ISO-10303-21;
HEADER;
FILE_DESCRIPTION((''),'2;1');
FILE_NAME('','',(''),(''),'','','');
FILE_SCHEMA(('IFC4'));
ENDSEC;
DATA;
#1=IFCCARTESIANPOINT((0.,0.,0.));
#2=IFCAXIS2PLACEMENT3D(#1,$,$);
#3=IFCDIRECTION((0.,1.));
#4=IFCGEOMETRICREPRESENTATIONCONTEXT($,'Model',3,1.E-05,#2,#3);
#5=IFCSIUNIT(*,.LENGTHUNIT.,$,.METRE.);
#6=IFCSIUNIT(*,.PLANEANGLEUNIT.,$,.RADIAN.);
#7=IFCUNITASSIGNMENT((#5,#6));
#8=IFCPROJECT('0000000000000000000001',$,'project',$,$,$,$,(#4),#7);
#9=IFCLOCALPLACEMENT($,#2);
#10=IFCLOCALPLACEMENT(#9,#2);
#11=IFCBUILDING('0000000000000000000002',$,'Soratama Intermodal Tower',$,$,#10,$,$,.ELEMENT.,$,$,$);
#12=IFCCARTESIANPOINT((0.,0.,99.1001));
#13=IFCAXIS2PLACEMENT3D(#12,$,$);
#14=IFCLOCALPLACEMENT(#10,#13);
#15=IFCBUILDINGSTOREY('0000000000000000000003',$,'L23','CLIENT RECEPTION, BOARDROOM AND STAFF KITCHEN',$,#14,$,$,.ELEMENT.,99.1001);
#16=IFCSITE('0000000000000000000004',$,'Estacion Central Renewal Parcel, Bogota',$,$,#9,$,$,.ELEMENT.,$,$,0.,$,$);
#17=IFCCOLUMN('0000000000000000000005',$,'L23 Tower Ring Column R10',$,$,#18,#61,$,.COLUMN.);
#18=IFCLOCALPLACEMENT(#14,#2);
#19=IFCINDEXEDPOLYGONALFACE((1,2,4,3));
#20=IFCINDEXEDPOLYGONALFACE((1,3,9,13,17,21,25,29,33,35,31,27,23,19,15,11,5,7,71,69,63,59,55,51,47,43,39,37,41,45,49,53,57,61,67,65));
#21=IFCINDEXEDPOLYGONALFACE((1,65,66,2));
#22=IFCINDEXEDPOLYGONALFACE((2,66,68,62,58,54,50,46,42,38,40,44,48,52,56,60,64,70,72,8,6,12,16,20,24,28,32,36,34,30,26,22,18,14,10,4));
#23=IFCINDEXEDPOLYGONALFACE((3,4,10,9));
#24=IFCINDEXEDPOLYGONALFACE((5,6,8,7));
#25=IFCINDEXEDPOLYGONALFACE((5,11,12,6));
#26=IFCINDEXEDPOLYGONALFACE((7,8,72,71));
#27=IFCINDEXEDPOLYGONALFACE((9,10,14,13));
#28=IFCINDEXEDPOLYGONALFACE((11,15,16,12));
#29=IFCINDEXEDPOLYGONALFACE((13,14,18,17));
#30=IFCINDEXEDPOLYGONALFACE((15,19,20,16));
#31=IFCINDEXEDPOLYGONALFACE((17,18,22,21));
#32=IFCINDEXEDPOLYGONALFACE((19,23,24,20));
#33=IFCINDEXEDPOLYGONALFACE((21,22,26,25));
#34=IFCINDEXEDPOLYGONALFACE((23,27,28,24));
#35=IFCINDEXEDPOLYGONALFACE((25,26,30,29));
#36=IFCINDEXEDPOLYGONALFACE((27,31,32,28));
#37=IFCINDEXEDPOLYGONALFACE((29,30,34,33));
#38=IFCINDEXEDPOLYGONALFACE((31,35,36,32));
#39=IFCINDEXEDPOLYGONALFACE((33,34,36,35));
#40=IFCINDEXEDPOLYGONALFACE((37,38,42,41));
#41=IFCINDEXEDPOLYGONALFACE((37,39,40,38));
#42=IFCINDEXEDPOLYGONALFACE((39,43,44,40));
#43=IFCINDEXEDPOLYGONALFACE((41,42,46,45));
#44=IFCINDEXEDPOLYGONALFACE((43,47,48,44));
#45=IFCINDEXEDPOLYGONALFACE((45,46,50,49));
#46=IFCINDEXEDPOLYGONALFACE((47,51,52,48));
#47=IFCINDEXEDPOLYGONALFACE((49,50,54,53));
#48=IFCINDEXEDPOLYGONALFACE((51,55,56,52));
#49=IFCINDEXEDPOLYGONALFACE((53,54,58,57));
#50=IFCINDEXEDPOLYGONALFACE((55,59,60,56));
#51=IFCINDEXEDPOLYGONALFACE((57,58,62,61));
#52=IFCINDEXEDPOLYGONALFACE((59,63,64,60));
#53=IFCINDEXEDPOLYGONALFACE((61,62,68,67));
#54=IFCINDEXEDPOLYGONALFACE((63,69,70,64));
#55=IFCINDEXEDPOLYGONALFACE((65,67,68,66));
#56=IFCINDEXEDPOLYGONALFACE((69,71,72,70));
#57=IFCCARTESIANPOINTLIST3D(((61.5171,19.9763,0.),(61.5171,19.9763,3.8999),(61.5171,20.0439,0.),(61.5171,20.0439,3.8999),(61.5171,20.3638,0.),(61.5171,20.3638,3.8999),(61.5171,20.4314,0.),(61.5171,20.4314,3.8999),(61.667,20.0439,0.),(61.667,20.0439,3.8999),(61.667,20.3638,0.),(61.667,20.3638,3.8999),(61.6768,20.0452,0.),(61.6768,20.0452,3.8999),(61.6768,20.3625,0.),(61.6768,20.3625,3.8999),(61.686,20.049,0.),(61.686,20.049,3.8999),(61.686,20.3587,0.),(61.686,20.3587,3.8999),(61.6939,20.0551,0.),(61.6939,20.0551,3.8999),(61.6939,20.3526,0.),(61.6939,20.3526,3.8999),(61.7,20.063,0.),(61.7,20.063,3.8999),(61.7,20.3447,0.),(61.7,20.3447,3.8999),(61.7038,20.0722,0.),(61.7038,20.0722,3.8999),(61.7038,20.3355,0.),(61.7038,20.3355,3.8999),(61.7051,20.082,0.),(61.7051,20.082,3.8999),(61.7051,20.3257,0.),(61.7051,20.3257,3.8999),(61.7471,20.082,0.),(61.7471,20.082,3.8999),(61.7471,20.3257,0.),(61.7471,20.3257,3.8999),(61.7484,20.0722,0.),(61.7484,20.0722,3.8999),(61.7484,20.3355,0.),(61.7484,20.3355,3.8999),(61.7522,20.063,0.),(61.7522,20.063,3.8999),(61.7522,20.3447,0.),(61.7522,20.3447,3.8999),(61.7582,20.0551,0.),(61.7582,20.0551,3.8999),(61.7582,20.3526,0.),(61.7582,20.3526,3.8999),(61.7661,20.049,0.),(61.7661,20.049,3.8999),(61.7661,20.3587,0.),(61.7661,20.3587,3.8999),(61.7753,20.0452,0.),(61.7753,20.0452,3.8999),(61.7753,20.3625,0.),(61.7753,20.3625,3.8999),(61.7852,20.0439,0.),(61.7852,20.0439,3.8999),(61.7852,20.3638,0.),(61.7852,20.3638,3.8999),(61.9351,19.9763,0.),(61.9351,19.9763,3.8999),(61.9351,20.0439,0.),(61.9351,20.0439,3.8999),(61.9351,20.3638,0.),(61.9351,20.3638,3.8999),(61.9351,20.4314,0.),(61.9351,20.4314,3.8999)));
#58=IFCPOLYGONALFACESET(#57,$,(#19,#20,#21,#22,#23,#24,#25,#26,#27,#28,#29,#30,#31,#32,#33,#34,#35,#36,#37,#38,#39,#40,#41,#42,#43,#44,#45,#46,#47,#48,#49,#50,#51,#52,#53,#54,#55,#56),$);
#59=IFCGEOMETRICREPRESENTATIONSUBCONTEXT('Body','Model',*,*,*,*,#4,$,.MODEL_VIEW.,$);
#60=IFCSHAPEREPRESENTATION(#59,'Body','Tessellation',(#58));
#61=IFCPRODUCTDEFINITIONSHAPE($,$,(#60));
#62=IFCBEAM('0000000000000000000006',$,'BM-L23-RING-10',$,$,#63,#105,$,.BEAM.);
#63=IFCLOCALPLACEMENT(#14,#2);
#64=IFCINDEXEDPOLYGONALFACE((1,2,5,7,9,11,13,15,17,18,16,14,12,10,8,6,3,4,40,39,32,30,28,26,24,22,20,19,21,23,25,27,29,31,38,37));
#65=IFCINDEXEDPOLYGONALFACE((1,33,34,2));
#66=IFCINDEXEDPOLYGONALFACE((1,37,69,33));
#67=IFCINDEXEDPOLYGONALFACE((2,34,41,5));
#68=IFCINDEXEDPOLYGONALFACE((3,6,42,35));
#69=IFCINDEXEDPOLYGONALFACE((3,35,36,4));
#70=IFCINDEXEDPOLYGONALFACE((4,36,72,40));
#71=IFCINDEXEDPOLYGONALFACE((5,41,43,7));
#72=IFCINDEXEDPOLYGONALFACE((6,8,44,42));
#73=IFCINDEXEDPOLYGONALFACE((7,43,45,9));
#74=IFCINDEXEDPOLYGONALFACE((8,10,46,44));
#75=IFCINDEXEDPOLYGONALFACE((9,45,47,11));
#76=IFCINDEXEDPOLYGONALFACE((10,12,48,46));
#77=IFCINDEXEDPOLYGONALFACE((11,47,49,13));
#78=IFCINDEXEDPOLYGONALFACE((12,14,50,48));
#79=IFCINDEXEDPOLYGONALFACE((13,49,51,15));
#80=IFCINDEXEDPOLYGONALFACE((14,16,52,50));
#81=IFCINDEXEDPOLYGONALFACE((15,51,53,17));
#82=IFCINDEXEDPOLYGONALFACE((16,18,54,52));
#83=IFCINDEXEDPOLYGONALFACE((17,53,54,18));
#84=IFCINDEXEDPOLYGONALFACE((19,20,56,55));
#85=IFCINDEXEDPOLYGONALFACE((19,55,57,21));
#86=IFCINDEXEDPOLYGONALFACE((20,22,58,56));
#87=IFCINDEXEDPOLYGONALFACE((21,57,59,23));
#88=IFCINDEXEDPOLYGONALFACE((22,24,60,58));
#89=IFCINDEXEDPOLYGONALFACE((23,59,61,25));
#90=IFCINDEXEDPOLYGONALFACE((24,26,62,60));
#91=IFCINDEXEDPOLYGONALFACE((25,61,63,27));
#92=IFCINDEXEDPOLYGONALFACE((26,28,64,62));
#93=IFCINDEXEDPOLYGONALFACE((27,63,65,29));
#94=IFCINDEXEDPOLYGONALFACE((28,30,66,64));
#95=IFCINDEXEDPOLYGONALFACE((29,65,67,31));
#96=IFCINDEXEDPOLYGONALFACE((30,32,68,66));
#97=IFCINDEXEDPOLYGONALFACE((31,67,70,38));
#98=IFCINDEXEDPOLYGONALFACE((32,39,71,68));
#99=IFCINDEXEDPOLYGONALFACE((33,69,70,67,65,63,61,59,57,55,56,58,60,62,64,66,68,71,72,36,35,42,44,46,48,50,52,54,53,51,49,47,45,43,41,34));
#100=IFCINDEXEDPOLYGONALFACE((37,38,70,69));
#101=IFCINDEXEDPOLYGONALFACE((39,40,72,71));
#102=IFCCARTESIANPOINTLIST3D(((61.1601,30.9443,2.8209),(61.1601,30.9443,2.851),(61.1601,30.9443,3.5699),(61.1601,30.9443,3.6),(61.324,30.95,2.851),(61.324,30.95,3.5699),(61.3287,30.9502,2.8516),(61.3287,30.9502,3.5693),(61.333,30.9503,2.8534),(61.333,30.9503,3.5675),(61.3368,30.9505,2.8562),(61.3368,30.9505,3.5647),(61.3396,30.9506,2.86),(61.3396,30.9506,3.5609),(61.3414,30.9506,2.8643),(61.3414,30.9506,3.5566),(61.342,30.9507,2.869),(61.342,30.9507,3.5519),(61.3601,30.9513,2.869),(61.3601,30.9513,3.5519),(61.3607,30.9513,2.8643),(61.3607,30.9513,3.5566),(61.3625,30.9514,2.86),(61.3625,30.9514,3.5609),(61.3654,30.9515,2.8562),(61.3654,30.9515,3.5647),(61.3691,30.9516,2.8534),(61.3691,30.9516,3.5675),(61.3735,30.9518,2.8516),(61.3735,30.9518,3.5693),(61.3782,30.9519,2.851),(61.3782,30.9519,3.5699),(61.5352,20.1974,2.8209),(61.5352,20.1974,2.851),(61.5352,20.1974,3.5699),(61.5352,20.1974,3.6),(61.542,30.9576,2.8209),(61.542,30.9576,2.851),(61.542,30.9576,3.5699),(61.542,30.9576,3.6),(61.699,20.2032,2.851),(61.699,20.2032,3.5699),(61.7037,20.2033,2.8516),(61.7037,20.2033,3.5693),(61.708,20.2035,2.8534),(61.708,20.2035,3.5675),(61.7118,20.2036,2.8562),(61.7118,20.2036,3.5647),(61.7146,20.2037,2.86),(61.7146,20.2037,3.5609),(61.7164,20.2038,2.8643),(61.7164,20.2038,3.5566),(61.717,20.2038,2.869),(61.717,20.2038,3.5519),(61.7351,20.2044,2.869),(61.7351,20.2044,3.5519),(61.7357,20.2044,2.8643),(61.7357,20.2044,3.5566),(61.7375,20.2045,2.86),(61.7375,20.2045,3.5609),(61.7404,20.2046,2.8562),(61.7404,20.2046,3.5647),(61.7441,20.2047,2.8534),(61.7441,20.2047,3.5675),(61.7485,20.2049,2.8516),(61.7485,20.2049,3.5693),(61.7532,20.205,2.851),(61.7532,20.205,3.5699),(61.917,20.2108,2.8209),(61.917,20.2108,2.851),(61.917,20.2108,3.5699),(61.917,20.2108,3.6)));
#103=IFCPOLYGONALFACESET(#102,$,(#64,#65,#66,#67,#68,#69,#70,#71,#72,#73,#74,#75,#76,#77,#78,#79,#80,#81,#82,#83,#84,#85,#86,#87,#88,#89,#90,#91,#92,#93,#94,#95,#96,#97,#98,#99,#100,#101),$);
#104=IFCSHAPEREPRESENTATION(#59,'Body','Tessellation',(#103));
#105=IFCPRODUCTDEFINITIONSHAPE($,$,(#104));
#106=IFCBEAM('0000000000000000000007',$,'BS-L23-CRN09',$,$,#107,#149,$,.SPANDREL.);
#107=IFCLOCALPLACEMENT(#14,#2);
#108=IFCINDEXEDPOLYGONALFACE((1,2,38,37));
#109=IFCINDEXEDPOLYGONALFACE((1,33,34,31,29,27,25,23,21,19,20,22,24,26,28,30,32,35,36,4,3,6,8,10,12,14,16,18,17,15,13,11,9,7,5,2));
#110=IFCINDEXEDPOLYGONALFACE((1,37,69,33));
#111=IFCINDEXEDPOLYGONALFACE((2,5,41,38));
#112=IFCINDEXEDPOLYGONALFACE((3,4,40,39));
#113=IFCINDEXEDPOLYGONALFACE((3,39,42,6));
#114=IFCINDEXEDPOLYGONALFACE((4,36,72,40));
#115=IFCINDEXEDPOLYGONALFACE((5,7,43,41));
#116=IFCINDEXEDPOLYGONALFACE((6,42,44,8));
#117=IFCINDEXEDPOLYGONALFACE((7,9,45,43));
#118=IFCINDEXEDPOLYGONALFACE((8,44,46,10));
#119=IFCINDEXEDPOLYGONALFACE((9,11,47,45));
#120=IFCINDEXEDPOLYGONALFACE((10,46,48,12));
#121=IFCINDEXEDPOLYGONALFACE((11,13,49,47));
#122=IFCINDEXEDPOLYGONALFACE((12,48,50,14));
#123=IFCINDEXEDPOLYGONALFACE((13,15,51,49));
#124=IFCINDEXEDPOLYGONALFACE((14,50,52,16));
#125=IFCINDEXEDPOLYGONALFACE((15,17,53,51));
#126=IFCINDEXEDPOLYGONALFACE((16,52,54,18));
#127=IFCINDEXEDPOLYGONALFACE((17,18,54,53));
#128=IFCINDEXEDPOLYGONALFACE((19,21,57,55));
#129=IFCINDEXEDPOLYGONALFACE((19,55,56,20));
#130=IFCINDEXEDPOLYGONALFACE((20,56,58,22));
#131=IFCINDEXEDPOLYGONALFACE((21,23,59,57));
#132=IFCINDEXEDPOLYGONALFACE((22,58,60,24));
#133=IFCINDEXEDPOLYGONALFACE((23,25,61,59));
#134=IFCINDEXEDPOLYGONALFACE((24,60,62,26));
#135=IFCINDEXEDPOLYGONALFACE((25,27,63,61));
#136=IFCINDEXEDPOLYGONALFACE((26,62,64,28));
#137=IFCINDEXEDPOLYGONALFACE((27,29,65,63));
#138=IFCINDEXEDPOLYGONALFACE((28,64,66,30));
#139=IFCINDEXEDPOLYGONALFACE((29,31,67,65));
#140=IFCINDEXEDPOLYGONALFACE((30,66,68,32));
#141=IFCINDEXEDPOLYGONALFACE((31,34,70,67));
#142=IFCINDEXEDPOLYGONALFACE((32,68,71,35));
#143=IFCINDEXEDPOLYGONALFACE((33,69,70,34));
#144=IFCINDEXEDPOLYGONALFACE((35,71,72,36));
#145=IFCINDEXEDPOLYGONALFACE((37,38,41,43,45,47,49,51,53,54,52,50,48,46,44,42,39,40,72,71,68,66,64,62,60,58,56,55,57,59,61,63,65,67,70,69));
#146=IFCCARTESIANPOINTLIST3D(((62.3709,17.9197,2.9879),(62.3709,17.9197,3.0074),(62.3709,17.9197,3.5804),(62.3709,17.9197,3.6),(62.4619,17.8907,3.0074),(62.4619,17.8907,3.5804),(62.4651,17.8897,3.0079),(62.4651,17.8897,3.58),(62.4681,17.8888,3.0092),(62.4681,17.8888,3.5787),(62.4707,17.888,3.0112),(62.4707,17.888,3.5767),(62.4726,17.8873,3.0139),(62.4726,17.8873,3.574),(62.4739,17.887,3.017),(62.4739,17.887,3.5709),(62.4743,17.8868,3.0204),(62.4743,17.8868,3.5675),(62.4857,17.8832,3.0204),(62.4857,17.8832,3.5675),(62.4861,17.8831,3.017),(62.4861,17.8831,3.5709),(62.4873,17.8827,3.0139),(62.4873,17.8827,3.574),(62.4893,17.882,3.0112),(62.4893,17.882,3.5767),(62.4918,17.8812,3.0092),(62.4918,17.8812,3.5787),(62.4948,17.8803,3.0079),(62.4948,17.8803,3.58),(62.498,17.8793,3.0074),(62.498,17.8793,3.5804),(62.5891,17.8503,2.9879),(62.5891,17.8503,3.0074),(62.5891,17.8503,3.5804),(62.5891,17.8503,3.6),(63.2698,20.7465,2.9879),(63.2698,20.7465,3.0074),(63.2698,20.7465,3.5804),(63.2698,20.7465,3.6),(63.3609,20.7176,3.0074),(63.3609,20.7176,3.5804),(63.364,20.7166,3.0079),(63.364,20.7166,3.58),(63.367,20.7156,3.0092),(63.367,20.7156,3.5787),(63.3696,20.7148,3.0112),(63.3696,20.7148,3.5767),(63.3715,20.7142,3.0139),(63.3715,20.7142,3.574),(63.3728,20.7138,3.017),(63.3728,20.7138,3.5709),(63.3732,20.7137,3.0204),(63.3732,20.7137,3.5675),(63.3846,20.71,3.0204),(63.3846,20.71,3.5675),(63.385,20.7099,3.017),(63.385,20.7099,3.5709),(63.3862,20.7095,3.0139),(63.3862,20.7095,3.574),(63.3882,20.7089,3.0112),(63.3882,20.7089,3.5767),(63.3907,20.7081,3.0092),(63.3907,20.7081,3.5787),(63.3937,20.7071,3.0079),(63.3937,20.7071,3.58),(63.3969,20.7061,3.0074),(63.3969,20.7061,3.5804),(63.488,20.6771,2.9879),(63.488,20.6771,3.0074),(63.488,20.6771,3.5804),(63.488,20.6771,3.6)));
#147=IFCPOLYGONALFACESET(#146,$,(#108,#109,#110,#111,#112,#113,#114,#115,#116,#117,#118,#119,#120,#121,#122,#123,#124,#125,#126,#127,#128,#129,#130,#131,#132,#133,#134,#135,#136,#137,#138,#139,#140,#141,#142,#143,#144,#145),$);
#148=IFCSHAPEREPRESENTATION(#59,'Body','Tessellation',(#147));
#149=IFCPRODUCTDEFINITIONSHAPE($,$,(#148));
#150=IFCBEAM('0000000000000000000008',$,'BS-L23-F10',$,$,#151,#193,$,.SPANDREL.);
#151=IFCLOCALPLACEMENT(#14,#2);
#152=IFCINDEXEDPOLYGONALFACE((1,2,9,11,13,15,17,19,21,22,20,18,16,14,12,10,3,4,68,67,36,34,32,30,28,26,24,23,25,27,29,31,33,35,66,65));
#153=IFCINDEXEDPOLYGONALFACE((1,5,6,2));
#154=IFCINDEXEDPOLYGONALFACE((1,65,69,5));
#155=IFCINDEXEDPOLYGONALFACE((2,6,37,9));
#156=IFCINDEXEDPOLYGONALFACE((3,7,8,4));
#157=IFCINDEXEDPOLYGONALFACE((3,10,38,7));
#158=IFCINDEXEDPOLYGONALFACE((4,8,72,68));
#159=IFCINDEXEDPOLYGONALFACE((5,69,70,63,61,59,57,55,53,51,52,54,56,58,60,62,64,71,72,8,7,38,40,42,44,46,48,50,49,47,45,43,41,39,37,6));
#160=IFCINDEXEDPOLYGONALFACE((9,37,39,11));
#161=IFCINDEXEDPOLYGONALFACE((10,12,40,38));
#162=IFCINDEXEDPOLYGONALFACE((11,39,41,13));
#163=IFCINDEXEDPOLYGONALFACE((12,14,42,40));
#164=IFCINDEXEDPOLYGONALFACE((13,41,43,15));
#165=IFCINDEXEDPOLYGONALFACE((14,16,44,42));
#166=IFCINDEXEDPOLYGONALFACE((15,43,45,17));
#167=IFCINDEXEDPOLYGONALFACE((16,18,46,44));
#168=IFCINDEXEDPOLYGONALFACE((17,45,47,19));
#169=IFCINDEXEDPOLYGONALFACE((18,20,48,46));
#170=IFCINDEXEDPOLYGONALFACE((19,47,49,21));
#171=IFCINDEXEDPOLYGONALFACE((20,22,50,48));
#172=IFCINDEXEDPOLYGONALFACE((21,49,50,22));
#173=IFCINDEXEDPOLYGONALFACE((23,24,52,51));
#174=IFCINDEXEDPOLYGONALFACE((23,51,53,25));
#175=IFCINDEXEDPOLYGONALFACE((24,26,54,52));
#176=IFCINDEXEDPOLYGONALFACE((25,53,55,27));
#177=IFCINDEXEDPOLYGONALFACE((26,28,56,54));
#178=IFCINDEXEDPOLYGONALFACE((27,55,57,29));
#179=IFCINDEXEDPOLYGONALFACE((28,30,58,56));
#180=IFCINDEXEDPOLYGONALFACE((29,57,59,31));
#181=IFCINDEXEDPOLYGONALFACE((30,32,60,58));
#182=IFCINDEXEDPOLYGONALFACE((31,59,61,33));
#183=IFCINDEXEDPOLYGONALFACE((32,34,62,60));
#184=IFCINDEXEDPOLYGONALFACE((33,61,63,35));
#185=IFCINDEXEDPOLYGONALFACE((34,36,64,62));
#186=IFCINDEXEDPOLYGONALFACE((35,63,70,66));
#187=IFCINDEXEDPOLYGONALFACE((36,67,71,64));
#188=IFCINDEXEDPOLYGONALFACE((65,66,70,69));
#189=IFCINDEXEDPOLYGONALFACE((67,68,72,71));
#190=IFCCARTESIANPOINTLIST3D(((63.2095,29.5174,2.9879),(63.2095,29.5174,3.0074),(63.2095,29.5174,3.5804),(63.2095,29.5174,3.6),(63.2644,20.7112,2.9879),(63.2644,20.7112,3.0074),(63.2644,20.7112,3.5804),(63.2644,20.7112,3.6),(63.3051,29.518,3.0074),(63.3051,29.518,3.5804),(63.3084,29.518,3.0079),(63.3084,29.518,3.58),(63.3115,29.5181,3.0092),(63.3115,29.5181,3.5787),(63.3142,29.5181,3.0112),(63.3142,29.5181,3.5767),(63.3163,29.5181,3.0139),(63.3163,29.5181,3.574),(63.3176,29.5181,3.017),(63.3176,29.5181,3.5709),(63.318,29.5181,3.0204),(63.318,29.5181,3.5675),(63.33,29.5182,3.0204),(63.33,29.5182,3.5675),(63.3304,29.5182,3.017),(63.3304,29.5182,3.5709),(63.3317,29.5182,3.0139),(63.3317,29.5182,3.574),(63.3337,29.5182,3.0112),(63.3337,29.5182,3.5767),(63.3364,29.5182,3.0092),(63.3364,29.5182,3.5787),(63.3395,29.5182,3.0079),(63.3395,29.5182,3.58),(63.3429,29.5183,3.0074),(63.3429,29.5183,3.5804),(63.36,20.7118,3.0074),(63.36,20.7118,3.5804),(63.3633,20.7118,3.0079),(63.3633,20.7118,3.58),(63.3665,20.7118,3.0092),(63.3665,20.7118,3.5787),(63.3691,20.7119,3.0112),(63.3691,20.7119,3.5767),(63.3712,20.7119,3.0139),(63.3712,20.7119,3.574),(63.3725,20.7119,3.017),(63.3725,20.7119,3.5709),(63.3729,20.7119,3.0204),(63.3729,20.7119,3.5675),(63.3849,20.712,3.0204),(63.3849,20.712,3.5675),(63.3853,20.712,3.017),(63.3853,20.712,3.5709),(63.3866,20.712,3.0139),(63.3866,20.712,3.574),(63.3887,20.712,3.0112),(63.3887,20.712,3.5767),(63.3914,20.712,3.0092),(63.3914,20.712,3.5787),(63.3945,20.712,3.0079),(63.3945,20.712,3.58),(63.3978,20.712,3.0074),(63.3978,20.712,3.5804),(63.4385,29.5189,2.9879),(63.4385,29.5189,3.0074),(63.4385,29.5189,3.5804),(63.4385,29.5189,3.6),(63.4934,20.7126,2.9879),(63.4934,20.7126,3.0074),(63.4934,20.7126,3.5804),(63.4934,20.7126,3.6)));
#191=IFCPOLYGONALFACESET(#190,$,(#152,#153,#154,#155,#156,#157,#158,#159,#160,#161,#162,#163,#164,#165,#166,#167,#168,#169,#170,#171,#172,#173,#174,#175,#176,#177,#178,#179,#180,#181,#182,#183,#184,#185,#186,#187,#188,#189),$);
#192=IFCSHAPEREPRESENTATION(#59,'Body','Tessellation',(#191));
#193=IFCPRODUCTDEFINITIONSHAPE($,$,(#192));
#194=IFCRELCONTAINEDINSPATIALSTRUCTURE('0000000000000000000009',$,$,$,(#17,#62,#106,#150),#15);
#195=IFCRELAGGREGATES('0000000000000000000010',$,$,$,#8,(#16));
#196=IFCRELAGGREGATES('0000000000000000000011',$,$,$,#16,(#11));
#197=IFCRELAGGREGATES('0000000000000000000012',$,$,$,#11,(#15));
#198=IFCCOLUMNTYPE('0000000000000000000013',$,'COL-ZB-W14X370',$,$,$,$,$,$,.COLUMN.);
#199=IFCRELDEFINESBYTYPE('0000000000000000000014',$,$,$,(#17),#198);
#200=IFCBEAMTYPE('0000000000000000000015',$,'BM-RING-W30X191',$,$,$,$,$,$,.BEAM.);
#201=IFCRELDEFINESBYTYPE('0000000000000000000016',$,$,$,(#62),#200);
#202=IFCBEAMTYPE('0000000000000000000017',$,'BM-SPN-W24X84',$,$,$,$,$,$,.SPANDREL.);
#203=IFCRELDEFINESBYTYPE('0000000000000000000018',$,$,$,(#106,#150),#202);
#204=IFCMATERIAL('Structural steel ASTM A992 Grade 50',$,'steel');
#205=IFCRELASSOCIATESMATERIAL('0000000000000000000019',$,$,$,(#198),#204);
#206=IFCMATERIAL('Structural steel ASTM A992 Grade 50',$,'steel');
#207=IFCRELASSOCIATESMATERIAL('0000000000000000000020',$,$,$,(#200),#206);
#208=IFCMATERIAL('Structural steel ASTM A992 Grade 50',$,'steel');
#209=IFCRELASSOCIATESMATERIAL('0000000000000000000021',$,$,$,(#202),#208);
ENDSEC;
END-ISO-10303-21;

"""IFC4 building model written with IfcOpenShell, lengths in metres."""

from ifc_helpers import new_model, si_unit, direction, frame, origin, origin_2d, place, context, subcontext, project, spatial, i_section, extrude, material, material_profile, profile_set, type_object, element, save


model = new_model("IFC4")

# Units and contexts
model_context = context("Model", 3, precision=1e-05, world=origin(), true_north=direction((0.0, 1.0)))
body_context = subcontext(model_context, "Body", "Model", "MODEL_VIEW")
ifc_project = project(units=[si_unit("LENGTHUNIT", "METRE"), si_unit("PLANEANGLEUNIT", "RADIAN")], contexts=[model_context])

# Site, building, storey
site_placement = place(None, origin())
site = spatial("IfcSite", under=ifc_project, at=site_placement, Name="Estacion Central Renewal Parcel, Bogota", CompositionType="ELEMENT", RefElevation=0.0)
building_placement = place(site_placement, origin())
building = spatial("IfcBuilding", under=site, at=building_placement, Name="Soratama Intermodal Tower", CompositionType="ELEMENT")
storey_placement = place(building_placement, frame((0.0, 0.0, 99.1001)))
storey = spatial("IfcBuildingStorey", under=building, at=storey_placement, Name="L23", Description="CLIENT RECEPTION, BOARDROOM AND STAFF KITCHEN", CompositionType="ELEMENT", Elevation=99.1001)

# Column
ifc_material_1 = material(Name="Structural steel ASTM A992 Grade 50", Category="steel")
ifc_material_profile_1 = material_profile(ifc_material_1, i_section(OverallWidth=0.418, OverallDepth=0.4551, WebThickness=0.042, FlangeThickness=0.0676, FilletRadius=0.0381, at=origin_2d()), Name="W14X370")
ifc_profile_set_1 = profile_set([ifc_material_profile_1], Name="Structural steel ASTM A992 Grade 50")
column_type = type_object("IfcColumnType", Name="COL-ZB-W14X370", PredefinedType="COLUMN", material=ifc_profile_set_1)
column_placement = place(storey_placement, frame((61.7261, 20.2039, 0.0), z_axis=(0.0, 0.0, 1.0), x_axis=(1.0, 0.0, 0.0)))
element("IfcColumn", 1, at=column_placement, inside=storey, type_object=column_type, Name="L23 Tower Ring Column R10", PredefinedType="COLUMN", context=body_context, shape_type="SweptSolid", body=[
    extrude(i_section(OverallWidth=0.418, OverallDepth=0.4551, WebThickness=0.042, FlangeThickness=0.0676, FilletRadius=0.0381, at=origin_2d()), origin(), (0.0, 0.0, 1.0), 3.8999),
])

# Beams
ifc_material_2 = material(Name="Structural steel ASTM A992 Grade 50", Category="steel")
ifc_material_profile_2 = material_profile(ifc_material_2, i_section(OverallWidth=0.3821, OverallDepth=0.7791, WebThickness=0.0181, FlangeThickness=0.03, FilletRadius=0.0181, at=origin_2d()), Name="W30X191")
ifc_profile_set_2 = profile_set([ifc_material_profile_2], Name="Structural steel ASTM A992 Grade 50")
beam_type_1 = type_object("IfcBeamType", Name="BM-RING-W30X191", PredefinedType="BEAM", material=ifc_profile_set_2)
beam_1_placement = place(storey_placement, frame((61.7261, 20.2041, 3.2104), z_axis=(-0.034873, 0.999392, 0.0), x_axis=(-0.999392, -0.034873, 0.0)))
element("IfcBeam", 2, at=beam_1_placement, inside=storey, type_object=beam_type_1, Name="BM-L23-RING-10", PredefinedType="BEAM", context=body_context, shape_type="SweptSolid", body=[
    extrude(i_section(OverallWidth=0.3821, OverallDepth=0.7791, WebThickness=0.0181, FlangeThickness=0.03, FilletRadius=0.0181, at=origin_2d()), origin(), (0.0, 0.0, 1.0), 10.7534),
])
ifc_material_3 = material(Name="Structural steel ASTM A992 Grade 50", Category="steel")
ifc_material_profile_3 = material_profile(ifc_material_3, i_section(OverallWidth=0.229, OverallDepth=0.6121, WebThickness=0.012, FlangeThickness=0.0195, FilletRadius=0.0129, at=origin_2d()), Name="W24X84")
ifc_profile_set_3 = profile_set([ifc_material_profile_3], Name="Structural steel ASTM A992 Grade 50")
beam_type_2 = type_object("IfcBeamType", Name="BM-SPN-W24X84", PredefinedType="SPANDREL", material=ifc_profile_set_3)
beam_2_placement = place(storey_placement, frame((62.48, 17.885, 3.2939), z_axis=(0.303037, 0.952979, 0.0), x_axis=(-0.952979, 0.303037, 0.0)))
element("IfcBeam", 3, at=beam_2_placement, inside=storey, type_object=beam_type_2, Name="BS-L23-CRN09", PredefinedType="SPANDREL", context=body_context, shape_type="SweptSolid", body=[
    extrude(i_section(OverallWidth=0.229, OverallDepth=0.6121, WebThickness=0.012, FlangeThickness=0.0195, FilletRadius=0.0129, at=origin_2d()), origin(), (0.0, 0.0, 1.0), 2.9663),
])
beam_3_placement = place(storey_placement, frame((63.3789, 20.7119, 3.2939), z_axis=(-0.006238, 0.999981, 0.0), x_axis=(-0.999981, -0.006238, 0.0)))
element("IfcBeam", 4, at=beam_3_placement, inside=storey, type_object=beam_type_2, Name="BS-L23-F10", PredefinedType="SPANDREL", context=body_context, shape_type="SweptSolid", body=[
    extrude(i_section(OverallWidth=0.229, OverallDepth=0.6121, WebThickness=0.012, FlangeThickness=0.0195, FilletRadius=0.0129, at=origin_2d()), origin(), (0.0, 0.0, 1.0), 8.8064),
])

save(model, "model.ifc")
